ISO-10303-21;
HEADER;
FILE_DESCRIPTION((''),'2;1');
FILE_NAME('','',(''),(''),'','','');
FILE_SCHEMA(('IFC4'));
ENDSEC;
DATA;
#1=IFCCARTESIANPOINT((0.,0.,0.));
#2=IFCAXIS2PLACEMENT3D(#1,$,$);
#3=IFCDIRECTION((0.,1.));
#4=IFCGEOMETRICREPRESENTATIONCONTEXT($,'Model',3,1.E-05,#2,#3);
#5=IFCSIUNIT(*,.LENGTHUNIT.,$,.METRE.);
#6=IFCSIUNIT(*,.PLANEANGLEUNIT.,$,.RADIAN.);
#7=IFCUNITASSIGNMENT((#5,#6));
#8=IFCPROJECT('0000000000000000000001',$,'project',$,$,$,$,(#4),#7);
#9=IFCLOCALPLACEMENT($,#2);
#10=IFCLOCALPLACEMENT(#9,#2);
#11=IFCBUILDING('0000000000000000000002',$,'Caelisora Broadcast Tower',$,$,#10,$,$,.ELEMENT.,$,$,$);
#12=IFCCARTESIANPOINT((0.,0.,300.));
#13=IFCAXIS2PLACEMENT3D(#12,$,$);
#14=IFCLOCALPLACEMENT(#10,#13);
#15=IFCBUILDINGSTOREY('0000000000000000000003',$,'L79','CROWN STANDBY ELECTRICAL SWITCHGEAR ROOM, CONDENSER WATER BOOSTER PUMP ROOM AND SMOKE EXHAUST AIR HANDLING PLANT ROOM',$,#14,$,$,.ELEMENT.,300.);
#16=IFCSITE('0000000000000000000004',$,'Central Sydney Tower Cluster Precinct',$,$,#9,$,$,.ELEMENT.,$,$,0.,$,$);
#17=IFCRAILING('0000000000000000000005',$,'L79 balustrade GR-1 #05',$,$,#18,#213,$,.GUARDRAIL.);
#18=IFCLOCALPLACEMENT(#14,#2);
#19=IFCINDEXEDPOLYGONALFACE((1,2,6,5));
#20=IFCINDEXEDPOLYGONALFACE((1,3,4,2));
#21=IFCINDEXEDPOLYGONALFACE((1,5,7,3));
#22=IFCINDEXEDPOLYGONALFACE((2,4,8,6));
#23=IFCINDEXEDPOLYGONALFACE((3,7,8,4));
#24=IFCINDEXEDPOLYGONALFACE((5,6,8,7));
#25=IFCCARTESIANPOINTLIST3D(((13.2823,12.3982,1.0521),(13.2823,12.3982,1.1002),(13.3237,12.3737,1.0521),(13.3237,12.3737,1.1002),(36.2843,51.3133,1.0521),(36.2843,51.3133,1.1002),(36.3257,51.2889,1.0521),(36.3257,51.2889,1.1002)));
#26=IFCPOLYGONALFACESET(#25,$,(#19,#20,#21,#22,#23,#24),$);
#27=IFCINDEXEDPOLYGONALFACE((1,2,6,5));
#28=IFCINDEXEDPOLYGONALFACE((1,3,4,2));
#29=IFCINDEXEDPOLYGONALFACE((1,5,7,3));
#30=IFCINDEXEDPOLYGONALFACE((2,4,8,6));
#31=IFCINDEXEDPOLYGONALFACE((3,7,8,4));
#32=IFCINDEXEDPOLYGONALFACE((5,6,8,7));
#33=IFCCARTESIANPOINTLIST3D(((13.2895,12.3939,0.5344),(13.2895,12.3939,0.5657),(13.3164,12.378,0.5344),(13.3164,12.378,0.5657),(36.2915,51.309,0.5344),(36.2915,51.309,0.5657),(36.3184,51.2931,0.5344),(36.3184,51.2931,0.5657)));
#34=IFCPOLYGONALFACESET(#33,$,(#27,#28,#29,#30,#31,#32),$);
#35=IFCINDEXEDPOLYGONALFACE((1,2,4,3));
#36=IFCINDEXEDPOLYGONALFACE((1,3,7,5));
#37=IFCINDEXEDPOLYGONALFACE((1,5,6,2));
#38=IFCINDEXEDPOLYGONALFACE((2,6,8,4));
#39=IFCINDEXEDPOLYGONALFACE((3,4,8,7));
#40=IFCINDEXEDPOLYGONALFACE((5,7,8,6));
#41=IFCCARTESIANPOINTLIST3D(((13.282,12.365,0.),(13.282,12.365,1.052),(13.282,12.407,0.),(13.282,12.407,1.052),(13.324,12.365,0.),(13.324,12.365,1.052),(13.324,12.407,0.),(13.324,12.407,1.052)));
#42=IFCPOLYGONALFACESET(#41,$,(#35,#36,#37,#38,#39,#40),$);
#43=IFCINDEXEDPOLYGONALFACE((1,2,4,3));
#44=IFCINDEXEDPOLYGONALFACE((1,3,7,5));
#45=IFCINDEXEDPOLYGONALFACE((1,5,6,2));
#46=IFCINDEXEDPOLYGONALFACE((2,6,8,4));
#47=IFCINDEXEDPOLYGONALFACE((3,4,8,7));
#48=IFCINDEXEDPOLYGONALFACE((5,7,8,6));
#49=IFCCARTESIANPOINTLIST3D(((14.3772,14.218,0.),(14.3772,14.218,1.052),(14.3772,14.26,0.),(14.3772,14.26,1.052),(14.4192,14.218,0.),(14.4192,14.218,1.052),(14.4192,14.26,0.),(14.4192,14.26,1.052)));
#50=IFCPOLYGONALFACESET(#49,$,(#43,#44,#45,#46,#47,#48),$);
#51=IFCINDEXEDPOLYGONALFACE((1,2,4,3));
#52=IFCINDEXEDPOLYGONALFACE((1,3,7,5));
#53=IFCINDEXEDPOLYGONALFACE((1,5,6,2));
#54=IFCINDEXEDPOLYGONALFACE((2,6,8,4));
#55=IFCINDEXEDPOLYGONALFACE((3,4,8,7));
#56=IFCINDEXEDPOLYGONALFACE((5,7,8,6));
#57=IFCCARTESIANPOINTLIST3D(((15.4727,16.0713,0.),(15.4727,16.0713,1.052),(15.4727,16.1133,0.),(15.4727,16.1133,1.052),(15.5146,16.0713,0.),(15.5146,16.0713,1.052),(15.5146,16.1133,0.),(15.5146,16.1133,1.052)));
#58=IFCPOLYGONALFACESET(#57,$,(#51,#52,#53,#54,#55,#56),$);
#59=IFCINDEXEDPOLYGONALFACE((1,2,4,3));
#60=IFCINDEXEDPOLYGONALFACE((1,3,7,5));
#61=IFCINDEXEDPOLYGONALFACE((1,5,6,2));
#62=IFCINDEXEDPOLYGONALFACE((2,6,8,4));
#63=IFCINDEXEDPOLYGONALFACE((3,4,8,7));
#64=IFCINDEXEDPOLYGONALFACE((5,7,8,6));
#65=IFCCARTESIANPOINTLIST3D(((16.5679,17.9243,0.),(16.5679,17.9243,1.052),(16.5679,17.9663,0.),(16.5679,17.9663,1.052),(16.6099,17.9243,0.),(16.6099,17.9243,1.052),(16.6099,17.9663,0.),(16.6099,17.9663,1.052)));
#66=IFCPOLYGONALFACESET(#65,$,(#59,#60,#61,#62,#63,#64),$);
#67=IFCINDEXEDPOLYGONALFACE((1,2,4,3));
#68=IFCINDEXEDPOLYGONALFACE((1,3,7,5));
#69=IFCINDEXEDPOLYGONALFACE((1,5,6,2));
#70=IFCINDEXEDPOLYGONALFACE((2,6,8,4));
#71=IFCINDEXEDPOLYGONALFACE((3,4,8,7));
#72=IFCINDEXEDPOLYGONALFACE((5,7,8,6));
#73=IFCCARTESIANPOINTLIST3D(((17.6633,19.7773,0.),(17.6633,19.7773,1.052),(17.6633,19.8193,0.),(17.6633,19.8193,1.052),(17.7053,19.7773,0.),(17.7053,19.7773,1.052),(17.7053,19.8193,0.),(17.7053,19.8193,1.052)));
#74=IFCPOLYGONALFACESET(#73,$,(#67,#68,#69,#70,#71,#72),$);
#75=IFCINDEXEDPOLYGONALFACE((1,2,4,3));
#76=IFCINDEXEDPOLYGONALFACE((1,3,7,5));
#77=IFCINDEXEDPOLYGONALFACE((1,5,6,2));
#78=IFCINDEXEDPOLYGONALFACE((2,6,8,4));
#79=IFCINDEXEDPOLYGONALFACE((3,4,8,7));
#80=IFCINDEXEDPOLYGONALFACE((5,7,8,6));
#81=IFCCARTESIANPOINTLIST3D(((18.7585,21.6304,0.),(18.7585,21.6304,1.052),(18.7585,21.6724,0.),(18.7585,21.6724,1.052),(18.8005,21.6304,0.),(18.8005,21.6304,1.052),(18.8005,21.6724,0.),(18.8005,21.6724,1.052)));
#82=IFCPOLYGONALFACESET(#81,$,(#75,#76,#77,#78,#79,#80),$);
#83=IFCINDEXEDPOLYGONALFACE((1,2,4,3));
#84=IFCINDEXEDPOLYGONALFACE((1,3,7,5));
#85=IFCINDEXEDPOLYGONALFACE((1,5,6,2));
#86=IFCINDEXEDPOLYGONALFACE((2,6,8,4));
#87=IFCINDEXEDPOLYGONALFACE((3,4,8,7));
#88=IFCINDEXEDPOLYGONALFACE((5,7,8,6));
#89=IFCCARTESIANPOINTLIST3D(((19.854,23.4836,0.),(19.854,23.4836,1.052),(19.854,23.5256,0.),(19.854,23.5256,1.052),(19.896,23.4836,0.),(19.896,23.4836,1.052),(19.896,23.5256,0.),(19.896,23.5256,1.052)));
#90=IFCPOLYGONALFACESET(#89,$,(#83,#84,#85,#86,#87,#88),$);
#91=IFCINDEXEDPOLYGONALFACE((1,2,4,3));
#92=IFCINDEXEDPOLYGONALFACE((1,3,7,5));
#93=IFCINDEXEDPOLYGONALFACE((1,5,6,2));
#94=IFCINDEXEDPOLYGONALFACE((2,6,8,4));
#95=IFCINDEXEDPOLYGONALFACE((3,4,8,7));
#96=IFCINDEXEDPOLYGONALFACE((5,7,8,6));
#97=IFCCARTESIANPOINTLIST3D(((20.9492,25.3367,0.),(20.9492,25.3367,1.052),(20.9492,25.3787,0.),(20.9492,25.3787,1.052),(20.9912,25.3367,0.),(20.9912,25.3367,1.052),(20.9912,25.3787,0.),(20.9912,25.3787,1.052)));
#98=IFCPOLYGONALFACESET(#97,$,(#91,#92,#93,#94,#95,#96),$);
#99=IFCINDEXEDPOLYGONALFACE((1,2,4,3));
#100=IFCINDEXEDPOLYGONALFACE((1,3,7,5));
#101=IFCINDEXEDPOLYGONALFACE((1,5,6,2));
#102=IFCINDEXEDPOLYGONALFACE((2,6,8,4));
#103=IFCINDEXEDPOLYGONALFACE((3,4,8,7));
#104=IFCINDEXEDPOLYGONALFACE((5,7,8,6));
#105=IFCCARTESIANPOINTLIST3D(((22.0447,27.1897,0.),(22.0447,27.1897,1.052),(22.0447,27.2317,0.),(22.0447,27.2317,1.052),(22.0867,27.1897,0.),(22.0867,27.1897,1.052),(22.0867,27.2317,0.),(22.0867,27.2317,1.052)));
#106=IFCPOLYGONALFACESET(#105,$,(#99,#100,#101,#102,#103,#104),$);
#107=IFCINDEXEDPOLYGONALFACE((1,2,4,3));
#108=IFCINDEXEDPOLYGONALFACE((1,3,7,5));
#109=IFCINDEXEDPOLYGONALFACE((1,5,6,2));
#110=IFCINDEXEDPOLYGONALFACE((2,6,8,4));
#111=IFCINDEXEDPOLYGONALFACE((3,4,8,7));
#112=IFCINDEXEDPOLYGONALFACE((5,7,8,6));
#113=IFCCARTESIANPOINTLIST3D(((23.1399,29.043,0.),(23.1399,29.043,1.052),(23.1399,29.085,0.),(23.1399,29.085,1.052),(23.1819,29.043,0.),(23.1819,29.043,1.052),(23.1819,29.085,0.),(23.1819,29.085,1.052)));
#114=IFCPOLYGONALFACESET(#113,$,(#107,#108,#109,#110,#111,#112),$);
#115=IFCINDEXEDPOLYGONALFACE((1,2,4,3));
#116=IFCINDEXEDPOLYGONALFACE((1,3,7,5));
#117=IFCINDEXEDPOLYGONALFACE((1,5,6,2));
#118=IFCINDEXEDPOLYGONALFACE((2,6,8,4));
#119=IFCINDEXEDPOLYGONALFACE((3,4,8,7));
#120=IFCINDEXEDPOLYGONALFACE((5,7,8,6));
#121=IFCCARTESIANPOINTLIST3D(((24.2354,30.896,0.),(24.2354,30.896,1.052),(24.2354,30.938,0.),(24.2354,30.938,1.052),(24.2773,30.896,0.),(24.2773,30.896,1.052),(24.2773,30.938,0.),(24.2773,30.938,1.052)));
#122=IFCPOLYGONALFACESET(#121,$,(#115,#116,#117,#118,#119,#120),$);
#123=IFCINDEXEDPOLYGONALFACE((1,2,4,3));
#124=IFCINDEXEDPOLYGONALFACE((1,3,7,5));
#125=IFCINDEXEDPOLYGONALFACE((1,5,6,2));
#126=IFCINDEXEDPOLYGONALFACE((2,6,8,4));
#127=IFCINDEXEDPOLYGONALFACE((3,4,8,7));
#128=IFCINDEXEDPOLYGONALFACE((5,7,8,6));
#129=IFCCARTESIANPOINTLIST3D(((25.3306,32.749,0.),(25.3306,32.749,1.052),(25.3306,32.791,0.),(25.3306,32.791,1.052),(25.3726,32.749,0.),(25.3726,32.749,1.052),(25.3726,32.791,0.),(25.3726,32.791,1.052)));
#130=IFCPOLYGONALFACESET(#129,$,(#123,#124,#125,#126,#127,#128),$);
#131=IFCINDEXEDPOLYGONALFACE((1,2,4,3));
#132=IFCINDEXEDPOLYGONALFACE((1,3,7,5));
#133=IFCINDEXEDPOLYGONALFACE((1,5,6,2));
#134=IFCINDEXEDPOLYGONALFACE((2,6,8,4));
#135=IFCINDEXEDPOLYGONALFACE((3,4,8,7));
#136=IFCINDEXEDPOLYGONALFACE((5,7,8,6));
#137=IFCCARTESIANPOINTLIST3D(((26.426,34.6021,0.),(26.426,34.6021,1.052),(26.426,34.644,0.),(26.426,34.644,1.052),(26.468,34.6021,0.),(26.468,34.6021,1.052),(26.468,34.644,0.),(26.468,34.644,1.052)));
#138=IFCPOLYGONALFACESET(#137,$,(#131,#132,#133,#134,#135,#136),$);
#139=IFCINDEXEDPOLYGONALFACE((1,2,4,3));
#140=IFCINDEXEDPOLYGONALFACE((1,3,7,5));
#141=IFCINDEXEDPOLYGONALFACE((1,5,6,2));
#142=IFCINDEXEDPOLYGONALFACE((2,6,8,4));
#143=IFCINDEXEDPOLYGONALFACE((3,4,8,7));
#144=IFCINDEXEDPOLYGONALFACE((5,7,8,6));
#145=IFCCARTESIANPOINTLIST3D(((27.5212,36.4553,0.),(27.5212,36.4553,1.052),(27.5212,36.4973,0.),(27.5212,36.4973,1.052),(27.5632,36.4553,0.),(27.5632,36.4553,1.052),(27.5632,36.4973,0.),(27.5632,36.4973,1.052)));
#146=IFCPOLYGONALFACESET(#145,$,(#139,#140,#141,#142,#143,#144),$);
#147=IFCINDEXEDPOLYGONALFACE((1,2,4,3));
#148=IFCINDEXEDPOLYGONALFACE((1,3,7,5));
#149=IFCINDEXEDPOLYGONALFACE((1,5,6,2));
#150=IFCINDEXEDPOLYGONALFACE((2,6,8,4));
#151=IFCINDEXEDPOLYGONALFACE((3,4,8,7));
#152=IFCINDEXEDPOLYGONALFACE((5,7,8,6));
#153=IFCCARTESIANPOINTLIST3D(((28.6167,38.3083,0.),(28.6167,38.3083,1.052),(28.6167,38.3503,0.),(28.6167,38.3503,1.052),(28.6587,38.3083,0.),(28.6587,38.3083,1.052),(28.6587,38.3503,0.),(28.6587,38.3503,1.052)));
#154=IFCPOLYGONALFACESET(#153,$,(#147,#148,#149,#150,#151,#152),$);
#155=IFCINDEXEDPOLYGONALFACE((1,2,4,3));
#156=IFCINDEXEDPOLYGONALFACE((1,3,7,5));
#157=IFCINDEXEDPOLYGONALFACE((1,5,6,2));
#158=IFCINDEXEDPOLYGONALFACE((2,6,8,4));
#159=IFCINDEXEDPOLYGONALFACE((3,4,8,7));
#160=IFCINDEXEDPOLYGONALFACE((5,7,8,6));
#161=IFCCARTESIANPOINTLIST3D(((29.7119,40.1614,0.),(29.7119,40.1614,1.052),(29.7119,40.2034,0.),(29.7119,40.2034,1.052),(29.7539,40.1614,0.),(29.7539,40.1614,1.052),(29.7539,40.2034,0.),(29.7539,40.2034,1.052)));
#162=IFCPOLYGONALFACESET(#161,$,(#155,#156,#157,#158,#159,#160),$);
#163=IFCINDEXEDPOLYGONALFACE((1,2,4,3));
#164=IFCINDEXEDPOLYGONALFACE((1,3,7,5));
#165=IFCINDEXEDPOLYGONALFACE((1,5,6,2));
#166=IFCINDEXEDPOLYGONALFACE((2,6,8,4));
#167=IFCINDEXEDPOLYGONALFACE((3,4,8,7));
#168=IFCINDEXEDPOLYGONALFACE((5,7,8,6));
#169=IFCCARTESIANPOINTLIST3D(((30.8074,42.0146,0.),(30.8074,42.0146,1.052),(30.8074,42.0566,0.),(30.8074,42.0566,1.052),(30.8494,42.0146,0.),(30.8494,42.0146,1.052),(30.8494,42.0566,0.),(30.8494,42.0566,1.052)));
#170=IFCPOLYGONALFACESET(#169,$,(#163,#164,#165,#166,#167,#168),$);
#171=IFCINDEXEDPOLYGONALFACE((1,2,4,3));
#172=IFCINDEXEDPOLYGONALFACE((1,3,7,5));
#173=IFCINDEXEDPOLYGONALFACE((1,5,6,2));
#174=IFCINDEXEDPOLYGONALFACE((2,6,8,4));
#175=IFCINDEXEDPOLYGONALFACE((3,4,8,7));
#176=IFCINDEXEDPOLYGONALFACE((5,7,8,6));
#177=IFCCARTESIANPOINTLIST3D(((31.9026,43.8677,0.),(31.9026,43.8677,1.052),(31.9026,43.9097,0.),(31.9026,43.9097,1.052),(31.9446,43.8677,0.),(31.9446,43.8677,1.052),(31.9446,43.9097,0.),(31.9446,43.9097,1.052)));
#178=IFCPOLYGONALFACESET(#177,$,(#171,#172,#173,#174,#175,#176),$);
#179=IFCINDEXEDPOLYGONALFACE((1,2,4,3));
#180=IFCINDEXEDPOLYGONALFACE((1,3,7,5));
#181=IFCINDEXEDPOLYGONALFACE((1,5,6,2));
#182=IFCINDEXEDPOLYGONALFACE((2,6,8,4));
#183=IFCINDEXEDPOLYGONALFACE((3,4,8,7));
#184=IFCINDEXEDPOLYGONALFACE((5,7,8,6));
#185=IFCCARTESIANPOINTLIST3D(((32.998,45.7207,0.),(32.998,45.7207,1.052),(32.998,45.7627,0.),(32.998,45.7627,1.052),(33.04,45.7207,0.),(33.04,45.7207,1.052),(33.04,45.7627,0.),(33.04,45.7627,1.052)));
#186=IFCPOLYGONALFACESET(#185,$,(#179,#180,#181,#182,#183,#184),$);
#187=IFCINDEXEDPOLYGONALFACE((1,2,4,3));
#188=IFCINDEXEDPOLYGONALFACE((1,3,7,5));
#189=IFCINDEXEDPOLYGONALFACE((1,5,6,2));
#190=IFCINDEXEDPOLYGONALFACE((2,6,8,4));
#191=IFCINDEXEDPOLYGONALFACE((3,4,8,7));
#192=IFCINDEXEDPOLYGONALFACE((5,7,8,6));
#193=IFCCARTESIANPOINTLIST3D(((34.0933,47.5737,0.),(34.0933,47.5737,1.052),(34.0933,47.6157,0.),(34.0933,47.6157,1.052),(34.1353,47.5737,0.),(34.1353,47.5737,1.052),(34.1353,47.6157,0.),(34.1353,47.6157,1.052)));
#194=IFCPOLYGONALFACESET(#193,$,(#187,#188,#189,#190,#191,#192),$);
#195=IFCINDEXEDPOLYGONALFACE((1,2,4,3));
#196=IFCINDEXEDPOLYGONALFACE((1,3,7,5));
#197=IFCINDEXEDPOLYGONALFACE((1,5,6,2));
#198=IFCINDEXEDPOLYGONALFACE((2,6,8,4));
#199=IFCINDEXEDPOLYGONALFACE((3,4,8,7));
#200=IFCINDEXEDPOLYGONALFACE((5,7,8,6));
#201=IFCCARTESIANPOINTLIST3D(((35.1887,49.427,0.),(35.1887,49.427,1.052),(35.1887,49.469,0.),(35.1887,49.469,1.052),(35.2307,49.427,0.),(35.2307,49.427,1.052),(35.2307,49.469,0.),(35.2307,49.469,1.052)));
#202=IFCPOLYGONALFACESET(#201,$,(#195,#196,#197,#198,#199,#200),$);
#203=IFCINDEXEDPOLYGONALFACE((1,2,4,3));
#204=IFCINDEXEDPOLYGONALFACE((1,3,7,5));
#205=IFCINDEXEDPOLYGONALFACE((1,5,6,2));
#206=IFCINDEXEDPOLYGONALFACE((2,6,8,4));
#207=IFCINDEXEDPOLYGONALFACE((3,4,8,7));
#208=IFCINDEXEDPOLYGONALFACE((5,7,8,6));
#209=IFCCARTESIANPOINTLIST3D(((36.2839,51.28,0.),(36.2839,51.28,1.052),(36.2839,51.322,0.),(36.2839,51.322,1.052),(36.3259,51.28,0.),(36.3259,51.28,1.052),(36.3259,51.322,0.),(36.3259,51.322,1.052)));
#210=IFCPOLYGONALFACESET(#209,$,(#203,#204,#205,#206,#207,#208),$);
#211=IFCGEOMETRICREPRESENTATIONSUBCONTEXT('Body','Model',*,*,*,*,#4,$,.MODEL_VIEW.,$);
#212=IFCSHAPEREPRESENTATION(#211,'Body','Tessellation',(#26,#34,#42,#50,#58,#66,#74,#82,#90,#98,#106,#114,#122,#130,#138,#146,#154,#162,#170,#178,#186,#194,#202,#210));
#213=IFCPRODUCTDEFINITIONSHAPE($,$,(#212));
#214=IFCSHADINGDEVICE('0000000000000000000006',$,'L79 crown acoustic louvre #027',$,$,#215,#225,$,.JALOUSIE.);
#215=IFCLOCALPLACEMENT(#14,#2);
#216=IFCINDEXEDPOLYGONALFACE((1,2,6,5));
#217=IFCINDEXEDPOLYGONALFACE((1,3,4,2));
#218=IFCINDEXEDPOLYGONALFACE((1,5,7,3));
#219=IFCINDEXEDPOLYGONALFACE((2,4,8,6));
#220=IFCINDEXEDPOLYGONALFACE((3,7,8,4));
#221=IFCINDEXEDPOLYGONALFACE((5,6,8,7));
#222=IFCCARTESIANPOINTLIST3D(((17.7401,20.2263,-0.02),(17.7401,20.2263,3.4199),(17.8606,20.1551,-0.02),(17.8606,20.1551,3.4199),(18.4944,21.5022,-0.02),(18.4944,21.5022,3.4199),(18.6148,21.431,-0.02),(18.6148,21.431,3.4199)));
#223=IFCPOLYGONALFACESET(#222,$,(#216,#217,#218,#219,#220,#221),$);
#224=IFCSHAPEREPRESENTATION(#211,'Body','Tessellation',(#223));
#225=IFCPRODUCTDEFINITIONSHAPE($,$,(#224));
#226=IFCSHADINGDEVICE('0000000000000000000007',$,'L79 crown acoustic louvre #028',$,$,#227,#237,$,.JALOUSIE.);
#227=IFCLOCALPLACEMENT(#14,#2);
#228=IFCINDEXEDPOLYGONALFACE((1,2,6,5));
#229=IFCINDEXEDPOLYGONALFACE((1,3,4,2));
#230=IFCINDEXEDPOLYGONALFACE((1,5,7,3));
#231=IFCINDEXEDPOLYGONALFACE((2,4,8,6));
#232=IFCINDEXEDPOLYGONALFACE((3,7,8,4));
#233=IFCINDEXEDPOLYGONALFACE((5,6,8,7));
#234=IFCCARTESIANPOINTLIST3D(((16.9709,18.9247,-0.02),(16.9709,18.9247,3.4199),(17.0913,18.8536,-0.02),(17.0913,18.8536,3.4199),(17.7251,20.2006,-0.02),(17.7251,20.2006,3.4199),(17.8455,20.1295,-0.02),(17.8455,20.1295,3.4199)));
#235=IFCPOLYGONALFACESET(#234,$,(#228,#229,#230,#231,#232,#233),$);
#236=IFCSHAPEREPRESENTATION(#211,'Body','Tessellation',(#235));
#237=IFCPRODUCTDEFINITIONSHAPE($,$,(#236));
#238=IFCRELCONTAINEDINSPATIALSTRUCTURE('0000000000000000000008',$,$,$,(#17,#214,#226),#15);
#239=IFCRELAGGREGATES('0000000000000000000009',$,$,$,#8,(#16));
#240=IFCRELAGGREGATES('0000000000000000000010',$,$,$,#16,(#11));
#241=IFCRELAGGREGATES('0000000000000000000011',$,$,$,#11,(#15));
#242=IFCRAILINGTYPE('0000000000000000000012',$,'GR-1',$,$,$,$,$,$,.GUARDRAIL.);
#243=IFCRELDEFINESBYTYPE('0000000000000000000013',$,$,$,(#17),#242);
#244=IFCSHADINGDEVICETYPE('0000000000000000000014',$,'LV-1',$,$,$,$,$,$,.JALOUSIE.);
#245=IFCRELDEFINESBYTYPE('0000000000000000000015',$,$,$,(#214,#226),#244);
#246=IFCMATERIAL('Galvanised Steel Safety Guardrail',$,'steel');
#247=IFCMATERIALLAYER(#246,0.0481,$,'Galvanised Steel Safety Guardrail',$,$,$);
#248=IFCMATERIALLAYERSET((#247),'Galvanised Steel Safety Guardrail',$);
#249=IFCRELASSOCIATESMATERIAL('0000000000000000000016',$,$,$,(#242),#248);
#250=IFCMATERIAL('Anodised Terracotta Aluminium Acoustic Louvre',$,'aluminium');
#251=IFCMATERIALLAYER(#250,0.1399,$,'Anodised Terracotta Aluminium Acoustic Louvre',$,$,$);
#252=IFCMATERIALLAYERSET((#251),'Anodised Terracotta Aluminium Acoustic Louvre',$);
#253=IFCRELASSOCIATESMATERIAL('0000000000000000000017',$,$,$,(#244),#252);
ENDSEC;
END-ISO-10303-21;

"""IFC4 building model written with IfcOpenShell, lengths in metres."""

from ifc_helpers import new_model, si_unit, direction, frame, origin, origin_2d, place, context, subcontext, project, spatial, rectangle, extrude, source, transform, mapped, material, layer, layer_set, type_object, element, save


model = new_model("IFC4")

# Units and contexts
model_context = context("Model", 3, precision=1e-05, world=origin(), true_north=direction((0.0, 1.0)))
body_context = subcontext(model_context, "Body", "Model", "MODEL_VIEW")
ifc_project = project(units=[si_unit("LENGTHUNIT", "METRE"), si_unit("PLANEANGLEUNIT", "RADIAN")], contexts=[model_context])

# Site, building, storey
site_placement = place(None, origin())
site = spatial("IfcSite", under=ifc_project, at=site_placement, Name="Central Sydney Tower Cluster Precinct", CompositionType="ELEMENT", RefElevation=0.0)
building_placement = place(site_placement, origin())
building = spatial("IfcBuilding", under=site, at=building_placement, Name="Caelisora Broadcast Tower", CompositionType="ELEMENT")
storey_placement = place(building_placement, frame((0.0, 0.0, 300.0)))
storey = spatial("IfcBuildingStorey", under=building, at=storey_placement, Name="L79", Description="CROWN STANDBY ELECTRICAL SWITCHGEAR ROOM, CONDENSER WATER BOOSTER PUMP ROOM AND SMOKE EXHAUST AIR HANDLING PLANT ROOM", CompositionType="ELEMENT", Elevation=300.0)

# Railing
ifc_material_1 = material(Name="Galvanised Steel Safety Guardrail", Category="steel")
ifc_layer_1 = layer(ifc_material_1, 0.0481, Name="Galvanised Steel Safety Guardrail")
ifc_layer_set_1 = layer_set([ifc_layer_1], Name="Galvanised Steel Safety Guardrail")
railing_type = type_object("IfcRailingType", Name="GR-1", PredefinedType="GUARDRAIL", material=ifc_layer_set_1)
railing_1_placement = place(storey_placement, frame((13.303, 12.386, 0.0)))
element("IfcRailing", 1, at=railing_1_placement, inside=storey, type_object=railing_type, Name="L79 balustrade GR-1 #05", PredefinedType="GUARDRAIL", context=body_context, shape_type="SweptSolid", body=[
    extrude(rectangle(XDim=0.0481, YDim=0.0481, at=origin_2d()), frame((0.0, 0.0, 1.0762), z_axis=(0.508839, 0.860862, 0.0), x_axis=(-0.860862, 0.508839, 0.0)), (0.0, 0.0, 1.0), 45.2048),
    extrude(rectangle(XDim=0.0312, YDim=0.0312, at=origin_2d()), frame((0.0, 0.0, 0.55), z_axis=(0.508839, 0.860862, 0.0), x_axis=(-0.860862, 0.508839, 0.0)), (0.0, 0.0, 1.0), 45.2048),
    extrude(rectangle(XDim=0.042, YDim=0.042, at=origin_2d()), origin(), (0.0, 0.0, 1.0), 1.052),
    extrude(rectangle(XDim=0.042, YDim=0.042, at=origin_2d()), frame((1.0952, 1.853, 0.0)), (0.0, 0.0, 1.0), 1.052),
    extrude(rectangle(XDim=0.042, YDim=0.042, at=origin_2d()), frame((2.1907, 3.7063, 0.0)), (0.0, 0.0, 1.0), 1.052),
    extrude(rectangle(XDim=0.042, YDim=0.042, at=origin_2d()), frame((3.2859, 5.5593, 0.0)), (0.0, 0.0, 1.0), 1.052),
    extrude(rectangle(XDim=0.042, YDim=0.042, at=origin_2d()), frame((4.3813, 7.4124, 0.0)), (0.0, 0.0, 1.0), 1.052),
    extrude(rectangle(XDim=0.042, YDim=0.042, at=origin_2d()), frame((5.4766, 9.2654, 0.0)), (0.0, 0.0, 1.0), 1.052),
    extrude(rectangle(XDim=0.042, YDim=0.042, at=origin_2d()), frame((6.572, 11.1187, 0.0)), (0.0, 0.0, 1.0), 1.052),
    extrude(rectangle(XDim=0.042, YDim=0.042, at=origin_2d()), frame((7.6672, 12.9717, 0.0)), (0.0, 0.0, 1.0), 1.052),
    extrude(rectangle(XDim=0.042, YDim=0.042, at=origin_2d()), frame((8.7627, 14.8247, 0.0)), (0.0, 0.0, 1.0), 1.052),
    extrude(rectangle(XDim=0.042, YDim=0.042, at=origin_2d()), frame((9.8579, 16.678, 0.0)), (0.0, 0.0, 1.0), 1.052),
    extrude(rectangle(XDim=0.042, YDim=0.042, at=origin_2d()), frame((10.9534, 18.531, 0.0)), (0.0, 0.0, 1.0), 1.052),
    extrude(rectangle(XDim=0.042, YDim=0.042, at=origin_2d()), frame((12.0486, 20.384, 0.0)), (0.0, 0.0, 1.0), 1.052),
    extrude(rectangle(XDim=0.042, YDim=0.042, at=origin_2d()), frame((13.144, 22.2371, 0.0)), (0.0, 0.0, 1.0), 1.052),
    extrude(rectangle(XDim=0.042, YDim=0.042, at=origin_2d()), frame((14.2393, 24.0903, 0.0)), (0.0, 0.0, 1.0), 1.052),
    extrude(rectangle(XDim=0.042, YDim=0.042, at=origin_2d()), frame((15.3347, 25.9434, 0.0)), (0.0, 0.0, 1.0), 1.052),
    extrude(rectangle(XDim=0.042, YDim=0.042, at=origin_2d()), frame((16.4299, 27.7964, 0.0)), (0.0, 0.0, 1.0), 1.052),
    extrude(rectangle(XDim=0.042, YDim=0.042, at=origin_2d()), frame((17.5254, 29.6497, 0.0)), (0.0, 0.0, 1.0), 1.052),
    extrude(rectangle(XDim=0.042, YDim=0.042, at=origin_2d()), frame((18.6206, 31.5027, 0.0)), (0.0, 0.0, 1.0), 1.052),
    extrude(rectangle(XDim=0.042, YDim=0.042, at=origin_2d()), frame((19.7161, 33.3557, 0.0)), (0.0, 0.0, 1.0), 1.052),
    extrude(rectangle(XDim=0.042, YDim=0.042, at=origin_2d()), frame((20.8113, 35.2087, 0.0)), (0.0, 0.0, 1.0), 1.052),
    extrude(rectangle(XDim=0.042, YDim=0.042, at=origin_2d()), frame((21.9067, 37.062, 0.0)), (0.0, 0.0, 1.0), 1.052),
    extrude(rectangle(XDim=0.042, YDim=0.042, at=origin_2d()), frame((23.002, 38.915, 0.0)), (0.0, 0.0, 1.0), 1.052),
])

# Shading devices
ifc_material_2 = material(Name="Anodised Terracotta Aluminium Acoustic Louvre", Category="aluminium")
ifc_layer_2 = layer(ifc_material_2, 0.1399, Name="Anodised Terracotta Aluminium Acoustic Louvre")
ifc_layer_set_2 = layer_set([ifc_layer_2], Name="Anodised Terracotta Aluminium Acoustic Louvre")
shading_device_type = type_object("IfcShadingDeviceType", Name="LV-1", PredefinedType="JALOUSIE", material=ifc_layer_set_2)
shared_shape_1 = source(origin(), body_context, "Body", "SweptSolid", [
    extrude(rectangle(XDim=1.4822, YDim=0.1399, at=origin_2d()), origin(), (0.0, 0.0, 1.0), 3.4399),
])
for number, where, z_axis, x_axis, name in (
    (2, (18.1775, 20.8286, -0.02), (0.0, 0.0, 1.0), (-0.508891, -0.860831, 0.0), "L79 crown acoustic louvre #027"),
    (3, (17.4082, 19.5271, -0.02), (0.0, 0.0, 1.0), (-0.508891, -0.860831, 0.0), "L79 crown acoustic louvre #028"),
):
    element("IfcShadingDevice", number, at=place(storey_placement, frame(where, z_axis=z_axis, x_axis=x_axis)), inside=storey, type_object=shading_device_type, Name=name, PredefinedType="JALOUSIE", context=body_context, shape_type="MappedRepresentation", body=[
        mapped(shared_shape_1, transform((0.0, 0.0, 0.0), scale=1.0)),
    ])

save(model, "model.ifc")
